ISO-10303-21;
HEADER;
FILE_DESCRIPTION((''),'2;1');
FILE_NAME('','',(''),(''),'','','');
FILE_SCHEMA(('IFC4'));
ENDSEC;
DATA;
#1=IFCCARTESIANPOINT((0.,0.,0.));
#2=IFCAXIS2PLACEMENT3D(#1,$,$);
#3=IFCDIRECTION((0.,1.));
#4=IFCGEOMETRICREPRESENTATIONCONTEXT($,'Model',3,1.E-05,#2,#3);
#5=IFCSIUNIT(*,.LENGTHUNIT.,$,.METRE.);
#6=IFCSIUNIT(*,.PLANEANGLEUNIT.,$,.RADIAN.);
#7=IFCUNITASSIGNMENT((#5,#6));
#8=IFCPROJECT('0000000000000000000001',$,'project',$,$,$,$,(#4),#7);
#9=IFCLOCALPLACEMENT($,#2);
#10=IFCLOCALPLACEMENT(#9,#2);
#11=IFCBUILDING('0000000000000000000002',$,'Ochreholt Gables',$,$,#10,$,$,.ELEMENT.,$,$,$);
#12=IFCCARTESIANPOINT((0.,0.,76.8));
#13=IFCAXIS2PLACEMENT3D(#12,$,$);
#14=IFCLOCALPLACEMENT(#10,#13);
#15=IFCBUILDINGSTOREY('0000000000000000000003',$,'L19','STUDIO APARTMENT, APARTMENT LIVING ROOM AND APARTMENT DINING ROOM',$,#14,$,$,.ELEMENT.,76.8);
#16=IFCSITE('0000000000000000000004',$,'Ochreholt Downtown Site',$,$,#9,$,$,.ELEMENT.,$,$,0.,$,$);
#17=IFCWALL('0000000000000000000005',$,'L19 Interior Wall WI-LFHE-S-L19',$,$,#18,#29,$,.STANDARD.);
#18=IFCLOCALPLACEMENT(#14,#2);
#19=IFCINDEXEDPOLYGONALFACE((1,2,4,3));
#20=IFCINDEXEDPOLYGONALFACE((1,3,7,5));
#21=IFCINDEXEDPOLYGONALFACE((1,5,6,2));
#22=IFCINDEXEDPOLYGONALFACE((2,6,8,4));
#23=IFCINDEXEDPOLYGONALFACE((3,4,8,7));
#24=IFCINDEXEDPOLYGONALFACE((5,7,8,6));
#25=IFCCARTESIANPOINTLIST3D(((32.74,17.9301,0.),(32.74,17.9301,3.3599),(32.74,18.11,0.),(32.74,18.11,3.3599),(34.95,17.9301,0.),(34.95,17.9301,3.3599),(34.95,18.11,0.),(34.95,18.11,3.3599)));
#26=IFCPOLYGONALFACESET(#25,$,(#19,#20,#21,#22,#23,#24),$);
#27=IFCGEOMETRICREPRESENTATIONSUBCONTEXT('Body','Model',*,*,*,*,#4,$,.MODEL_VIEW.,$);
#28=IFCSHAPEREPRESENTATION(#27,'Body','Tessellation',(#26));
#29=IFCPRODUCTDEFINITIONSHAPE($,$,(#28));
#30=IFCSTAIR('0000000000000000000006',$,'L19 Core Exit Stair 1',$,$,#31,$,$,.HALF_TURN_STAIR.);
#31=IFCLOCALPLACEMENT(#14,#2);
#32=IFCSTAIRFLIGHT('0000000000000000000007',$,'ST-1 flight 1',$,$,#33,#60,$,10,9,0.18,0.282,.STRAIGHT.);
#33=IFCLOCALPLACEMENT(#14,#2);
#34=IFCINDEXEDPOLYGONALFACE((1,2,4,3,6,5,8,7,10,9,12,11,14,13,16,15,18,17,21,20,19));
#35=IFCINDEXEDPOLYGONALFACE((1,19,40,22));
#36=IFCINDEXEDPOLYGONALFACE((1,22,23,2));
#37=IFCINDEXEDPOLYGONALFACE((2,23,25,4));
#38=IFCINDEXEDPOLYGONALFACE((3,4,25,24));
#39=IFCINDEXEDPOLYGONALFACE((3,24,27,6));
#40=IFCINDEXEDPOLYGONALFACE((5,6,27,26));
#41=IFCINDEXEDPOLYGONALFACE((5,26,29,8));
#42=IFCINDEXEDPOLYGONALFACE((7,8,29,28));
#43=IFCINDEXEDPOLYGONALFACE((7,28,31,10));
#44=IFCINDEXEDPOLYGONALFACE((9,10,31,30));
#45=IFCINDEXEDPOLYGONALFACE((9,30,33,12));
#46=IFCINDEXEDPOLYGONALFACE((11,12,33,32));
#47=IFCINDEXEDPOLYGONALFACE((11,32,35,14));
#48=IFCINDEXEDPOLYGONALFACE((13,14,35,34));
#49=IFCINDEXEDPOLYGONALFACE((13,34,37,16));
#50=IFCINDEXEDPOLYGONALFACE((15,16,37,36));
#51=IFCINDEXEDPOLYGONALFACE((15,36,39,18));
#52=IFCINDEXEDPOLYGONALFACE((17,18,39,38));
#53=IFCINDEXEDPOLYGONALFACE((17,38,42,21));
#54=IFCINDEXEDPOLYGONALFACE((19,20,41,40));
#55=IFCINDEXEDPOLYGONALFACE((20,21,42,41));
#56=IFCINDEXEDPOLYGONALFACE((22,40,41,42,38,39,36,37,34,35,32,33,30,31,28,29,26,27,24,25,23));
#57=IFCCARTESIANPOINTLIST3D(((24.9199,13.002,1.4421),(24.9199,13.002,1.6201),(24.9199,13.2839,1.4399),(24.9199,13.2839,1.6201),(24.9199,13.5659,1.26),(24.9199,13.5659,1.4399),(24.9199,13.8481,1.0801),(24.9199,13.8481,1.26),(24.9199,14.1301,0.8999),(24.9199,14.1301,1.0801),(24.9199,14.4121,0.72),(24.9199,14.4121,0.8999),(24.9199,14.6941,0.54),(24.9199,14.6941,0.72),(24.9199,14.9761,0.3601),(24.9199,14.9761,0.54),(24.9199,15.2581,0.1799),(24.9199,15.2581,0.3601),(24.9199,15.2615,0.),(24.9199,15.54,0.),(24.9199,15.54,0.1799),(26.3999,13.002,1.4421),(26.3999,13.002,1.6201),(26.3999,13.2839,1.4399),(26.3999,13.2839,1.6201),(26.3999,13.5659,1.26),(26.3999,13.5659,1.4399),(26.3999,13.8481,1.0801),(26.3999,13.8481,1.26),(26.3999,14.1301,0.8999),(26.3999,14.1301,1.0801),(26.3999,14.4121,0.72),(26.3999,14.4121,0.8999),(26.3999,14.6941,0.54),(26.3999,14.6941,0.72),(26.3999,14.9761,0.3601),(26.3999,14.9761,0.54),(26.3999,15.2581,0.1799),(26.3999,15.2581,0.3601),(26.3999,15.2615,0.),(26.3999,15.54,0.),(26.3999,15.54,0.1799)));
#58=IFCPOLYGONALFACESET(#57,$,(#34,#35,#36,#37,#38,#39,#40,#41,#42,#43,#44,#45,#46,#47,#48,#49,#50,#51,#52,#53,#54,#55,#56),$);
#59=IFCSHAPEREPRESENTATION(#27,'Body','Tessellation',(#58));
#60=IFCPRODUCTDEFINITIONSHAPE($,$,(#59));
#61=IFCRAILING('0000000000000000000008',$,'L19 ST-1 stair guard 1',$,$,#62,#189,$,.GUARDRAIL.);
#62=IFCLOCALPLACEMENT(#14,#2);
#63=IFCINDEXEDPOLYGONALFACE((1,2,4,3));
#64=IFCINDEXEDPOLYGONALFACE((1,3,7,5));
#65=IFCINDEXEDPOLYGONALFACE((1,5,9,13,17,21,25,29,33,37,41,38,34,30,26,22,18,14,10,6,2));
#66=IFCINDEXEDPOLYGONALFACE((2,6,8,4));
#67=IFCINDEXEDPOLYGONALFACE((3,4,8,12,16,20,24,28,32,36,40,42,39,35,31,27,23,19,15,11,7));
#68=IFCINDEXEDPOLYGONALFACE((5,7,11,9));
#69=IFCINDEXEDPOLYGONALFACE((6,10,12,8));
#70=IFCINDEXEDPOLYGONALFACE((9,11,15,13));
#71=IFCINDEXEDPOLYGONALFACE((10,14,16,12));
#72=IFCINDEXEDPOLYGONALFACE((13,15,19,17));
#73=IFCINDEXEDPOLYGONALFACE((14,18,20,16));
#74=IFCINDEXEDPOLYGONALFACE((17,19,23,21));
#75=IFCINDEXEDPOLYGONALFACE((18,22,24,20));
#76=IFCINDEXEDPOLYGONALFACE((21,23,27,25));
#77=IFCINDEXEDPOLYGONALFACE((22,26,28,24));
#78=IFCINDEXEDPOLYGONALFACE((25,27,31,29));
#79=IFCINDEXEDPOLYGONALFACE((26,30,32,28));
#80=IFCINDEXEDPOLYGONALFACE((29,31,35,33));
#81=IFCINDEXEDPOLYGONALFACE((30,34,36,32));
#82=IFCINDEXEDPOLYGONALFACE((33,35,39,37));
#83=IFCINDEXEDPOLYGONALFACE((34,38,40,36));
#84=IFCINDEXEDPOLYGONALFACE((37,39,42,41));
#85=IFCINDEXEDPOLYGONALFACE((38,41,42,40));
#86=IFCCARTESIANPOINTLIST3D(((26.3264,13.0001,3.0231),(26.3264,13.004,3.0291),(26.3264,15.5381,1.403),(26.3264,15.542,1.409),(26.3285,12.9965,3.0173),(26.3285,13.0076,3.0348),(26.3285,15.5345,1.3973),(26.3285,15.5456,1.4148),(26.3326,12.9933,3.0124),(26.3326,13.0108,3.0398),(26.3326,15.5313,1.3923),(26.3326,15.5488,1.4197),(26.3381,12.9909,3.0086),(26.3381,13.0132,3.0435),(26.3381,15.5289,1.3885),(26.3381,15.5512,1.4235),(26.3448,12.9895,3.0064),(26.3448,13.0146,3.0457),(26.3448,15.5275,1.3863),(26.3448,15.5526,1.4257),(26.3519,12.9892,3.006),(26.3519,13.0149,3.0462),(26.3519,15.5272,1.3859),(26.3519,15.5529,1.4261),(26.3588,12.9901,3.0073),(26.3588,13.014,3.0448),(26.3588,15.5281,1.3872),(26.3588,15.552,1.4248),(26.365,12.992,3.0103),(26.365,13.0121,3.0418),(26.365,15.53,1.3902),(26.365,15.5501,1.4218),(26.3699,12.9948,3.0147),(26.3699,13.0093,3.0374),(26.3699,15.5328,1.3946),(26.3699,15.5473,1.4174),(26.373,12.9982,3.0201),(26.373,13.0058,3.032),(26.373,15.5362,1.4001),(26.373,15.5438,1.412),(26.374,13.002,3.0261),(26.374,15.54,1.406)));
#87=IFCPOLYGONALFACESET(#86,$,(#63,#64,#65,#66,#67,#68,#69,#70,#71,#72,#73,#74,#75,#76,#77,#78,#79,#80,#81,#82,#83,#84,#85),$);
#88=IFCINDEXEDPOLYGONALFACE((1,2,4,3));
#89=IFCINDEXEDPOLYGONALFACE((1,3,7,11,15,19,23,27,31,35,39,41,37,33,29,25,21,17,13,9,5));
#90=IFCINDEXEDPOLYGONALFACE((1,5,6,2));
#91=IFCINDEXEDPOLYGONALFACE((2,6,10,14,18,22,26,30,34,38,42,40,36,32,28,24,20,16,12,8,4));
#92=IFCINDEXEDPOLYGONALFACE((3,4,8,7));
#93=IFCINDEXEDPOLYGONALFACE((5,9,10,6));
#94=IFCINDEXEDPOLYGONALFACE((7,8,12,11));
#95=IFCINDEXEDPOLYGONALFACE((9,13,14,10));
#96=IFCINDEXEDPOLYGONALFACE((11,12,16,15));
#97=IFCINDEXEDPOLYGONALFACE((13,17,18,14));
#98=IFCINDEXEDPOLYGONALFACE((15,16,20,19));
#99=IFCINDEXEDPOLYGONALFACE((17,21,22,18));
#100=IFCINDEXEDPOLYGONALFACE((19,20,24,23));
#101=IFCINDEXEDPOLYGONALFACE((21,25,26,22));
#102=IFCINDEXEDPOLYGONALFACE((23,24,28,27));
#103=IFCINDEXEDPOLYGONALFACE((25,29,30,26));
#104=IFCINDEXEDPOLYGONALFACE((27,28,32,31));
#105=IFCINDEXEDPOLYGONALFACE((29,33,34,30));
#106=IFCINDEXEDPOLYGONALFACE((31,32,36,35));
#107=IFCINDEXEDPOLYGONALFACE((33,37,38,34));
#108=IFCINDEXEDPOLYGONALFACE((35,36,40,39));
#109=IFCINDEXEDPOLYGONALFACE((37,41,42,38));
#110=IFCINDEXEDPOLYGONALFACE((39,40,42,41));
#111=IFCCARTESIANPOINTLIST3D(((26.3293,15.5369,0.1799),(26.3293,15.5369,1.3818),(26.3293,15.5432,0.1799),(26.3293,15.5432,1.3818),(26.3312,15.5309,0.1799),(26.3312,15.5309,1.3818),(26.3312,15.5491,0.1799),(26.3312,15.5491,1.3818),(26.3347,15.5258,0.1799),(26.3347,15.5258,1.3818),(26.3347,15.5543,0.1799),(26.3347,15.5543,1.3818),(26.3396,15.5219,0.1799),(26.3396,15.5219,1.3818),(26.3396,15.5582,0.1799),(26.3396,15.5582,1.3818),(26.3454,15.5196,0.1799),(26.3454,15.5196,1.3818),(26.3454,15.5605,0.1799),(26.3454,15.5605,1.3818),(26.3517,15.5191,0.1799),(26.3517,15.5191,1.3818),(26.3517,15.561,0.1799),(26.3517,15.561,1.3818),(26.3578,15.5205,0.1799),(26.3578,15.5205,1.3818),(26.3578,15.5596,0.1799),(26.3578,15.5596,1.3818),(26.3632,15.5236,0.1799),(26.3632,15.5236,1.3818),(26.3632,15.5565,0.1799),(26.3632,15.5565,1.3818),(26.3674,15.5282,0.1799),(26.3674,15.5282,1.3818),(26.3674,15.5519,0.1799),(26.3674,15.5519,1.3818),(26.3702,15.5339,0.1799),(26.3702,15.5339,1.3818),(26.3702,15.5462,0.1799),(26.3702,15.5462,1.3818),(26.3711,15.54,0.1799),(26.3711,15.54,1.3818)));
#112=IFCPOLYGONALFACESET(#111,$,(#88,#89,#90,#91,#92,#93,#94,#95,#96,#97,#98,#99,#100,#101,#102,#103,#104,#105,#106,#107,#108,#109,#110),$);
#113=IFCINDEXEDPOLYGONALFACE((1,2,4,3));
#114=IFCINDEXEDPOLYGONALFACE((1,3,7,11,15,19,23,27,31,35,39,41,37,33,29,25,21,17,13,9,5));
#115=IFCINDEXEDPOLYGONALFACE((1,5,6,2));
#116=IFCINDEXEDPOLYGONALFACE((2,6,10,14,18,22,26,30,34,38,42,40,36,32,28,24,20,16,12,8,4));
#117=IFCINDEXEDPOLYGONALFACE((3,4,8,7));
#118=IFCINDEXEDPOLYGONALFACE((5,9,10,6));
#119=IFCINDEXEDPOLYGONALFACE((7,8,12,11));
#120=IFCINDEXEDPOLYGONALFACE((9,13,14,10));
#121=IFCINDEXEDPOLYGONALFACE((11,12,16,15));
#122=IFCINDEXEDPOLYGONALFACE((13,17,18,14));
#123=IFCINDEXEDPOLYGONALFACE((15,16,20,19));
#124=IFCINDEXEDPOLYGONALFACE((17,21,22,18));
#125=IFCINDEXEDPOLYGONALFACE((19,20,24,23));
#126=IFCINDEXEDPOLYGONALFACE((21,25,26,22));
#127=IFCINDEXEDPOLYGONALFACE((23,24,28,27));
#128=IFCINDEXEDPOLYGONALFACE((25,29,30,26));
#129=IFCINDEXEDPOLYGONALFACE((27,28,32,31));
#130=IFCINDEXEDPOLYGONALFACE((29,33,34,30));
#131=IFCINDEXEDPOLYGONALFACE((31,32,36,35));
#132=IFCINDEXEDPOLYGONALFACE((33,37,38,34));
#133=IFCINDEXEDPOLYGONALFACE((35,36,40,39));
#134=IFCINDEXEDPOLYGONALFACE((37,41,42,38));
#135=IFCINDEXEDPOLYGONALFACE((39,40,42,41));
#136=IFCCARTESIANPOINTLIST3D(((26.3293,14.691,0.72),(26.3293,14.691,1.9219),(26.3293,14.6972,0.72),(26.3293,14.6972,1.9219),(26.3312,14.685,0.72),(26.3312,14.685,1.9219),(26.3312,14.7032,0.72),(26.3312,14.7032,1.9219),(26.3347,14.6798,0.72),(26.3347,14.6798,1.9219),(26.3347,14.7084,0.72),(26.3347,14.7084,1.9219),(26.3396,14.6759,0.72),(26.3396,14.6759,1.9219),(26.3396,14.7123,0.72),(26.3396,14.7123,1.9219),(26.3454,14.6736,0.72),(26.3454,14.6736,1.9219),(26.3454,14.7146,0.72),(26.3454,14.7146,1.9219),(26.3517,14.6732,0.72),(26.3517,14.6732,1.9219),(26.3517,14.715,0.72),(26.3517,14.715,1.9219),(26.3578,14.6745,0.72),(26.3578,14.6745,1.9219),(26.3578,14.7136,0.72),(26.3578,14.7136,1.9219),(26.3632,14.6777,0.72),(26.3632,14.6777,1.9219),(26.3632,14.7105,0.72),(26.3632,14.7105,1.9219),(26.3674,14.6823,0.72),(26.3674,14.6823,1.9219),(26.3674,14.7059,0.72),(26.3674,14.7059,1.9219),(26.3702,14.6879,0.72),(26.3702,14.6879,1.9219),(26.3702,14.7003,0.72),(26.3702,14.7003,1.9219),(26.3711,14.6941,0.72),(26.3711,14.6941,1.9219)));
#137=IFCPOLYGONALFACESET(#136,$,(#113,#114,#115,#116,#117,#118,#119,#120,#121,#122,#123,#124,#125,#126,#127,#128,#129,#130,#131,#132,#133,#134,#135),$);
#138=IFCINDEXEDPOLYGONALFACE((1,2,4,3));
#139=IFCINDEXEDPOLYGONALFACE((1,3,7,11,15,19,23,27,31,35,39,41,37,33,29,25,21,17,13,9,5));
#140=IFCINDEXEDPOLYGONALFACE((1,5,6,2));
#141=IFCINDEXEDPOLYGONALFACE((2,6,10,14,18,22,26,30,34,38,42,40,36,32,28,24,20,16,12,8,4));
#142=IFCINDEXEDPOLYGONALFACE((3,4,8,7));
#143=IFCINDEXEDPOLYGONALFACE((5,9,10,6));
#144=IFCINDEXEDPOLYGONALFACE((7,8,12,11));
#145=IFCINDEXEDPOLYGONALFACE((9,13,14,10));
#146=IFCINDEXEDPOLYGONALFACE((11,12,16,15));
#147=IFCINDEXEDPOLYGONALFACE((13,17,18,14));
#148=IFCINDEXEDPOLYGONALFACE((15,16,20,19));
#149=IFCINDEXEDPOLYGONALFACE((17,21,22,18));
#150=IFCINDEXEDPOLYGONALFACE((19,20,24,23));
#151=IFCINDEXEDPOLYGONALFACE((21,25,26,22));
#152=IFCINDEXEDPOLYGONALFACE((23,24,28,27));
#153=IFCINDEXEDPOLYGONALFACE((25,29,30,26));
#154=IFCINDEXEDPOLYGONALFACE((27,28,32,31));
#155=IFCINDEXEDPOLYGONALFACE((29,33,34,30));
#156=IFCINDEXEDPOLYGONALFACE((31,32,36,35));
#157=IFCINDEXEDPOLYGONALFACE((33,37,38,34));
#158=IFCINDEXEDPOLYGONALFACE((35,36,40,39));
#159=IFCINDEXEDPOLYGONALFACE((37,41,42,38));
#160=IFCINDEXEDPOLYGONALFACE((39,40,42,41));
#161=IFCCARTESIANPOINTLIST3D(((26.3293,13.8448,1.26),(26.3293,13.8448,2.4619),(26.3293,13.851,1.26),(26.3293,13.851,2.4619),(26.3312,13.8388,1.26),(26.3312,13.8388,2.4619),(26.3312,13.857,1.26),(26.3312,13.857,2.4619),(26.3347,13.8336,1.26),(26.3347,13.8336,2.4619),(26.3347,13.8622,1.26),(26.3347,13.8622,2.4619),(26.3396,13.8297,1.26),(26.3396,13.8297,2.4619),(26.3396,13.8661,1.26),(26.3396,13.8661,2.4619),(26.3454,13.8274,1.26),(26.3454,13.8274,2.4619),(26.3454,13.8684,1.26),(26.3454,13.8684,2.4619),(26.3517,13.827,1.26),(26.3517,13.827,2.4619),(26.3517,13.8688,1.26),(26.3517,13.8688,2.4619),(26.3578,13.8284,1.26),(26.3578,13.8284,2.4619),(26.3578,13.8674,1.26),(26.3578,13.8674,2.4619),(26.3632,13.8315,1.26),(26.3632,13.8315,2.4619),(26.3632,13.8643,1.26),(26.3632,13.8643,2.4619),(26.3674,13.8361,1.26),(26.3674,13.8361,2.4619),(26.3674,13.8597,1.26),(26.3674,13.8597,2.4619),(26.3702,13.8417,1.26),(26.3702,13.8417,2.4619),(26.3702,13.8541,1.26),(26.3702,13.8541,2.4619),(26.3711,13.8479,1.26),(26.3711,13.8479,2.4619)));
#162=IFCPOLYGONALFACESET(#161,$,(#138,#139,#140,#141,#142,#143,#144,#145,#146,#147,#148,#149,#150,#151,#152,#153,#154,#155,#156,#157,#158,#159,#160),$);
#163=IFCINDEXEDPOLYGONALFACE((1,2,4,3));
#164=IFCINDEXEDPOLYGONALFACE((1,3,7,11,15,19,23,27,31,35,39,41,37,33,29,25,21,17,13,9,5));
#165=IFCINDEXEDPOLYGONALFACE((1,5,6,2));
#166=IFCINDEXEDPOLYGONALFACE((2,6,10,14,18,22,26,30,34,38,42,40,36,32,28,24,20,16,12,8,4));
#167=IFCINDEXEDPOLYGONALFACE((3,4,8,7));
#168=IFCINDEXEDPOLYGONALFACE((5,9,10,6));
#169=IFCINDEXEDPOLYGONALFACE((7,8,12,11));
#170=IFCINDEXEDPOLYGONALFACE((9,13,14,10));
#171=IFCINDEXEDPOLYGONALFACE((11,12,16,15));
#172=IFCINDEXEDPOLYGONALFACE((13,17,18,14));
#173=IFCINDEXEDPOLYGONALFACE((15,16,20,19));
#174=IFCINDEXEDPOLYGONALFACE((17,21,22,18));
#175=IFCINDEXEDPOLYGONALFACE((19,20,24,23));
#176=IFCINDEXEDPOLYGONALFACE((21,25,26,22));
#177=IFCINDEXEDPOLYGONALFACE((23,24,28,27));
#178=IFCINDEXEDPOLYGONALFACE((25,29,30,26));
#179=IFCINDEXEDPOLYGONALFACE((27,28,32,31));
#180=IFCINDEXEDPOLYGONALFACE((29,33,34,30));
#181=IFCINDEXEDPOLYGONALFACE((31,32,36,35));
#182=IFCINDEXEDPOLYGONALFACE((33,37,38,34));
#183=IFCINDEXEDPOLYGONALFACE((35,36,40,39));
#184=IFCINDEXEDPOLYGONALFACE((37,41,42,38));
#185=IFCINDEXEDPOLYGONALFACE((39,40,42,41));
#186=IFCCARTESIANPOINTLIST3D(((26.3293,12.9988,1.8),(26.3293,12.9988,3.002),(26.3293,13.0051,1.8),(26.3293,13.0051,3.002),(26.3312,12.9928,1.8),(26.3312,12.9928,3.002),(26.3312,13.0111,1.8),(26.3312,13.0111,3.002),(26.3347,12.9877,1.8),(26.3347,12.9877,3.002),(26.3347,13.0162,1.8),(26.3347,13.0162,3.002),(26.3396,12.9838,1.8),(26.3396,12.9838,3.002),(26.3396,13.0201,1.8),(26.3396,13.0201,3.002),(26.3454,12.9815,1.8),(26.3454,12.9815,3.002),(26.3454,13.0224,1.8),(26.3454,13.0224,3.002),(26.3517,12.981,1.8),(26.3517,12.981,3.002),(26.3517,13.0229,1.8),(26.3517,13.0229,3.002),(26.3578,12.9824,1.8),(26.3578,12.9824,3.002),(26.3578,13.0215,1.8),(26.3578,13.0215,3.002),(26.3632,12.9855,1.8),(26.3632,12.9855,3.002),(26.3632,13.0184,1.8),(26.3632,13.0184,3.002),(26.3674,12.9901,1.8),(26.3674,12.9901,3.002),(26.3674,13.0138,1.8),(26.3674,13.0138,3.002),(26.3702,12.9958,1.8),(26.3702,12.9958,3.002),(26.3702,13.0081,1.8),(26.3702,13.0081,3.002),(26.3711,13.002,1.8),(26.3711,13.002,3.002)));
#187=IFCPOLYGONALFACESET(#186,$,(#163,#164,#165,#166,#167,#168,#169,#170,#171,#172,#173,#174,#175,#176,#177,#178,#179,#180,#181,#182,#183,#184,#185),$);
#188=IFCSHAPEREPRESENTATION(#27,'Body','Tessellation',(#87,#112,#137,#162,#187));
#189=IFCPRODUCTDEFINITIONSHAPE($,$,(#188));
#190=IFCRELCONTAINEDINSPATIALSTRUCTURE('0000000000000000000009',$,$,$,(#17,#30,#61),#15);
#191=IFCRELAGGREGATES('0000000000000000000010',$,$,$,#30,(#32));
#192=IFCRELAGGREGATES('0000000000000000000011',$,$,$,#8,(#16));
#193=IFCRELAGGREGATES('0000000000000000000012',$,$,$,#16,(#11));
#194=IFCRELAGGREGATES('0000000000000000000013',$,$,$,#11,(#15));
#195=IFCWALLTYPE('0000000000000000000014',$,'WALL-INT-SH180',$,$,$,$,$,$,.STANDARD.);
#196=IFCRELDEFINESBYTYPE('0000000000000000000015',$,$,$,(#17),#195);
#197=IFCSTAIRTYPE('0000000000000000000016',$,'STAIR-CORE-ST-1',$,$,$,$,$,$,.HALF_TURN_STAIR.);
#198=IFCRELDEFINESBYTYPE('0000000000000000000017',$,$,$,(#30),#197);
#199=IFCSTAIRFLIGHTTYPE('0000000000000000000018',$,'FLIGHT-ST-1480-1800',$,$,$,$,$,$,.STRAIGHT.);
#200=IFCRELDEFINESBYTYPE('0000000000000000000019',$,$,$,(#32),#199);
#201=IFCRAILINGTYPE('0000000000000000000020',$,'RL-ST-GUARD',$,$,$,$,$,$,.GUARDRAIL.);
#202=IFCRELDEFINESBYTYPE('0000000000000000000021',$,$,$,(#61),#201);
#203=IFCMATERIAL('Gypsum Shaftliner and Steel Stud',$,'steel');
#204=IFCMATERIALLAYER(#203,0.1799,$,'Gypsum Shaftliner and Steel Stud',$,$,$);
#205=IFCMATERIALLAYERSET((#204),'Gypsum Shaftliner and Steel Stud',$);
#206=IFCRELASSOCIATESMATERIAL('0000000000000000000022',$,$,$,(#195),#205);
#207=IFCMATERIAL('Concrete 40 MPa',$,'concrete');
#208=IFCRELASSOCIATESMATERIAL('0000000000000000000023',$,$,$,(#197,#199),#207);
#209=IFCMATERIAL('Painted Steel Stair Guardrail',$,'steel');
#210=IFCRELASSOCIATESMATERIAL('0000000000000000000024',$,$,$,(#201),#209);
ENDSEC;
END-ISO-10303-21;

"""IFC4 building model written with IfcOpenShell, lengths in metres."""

from ifc_helpers import new_model, si_unit, direction, frame, frame_2d, origin, origin_2d, place, context, subcontext, project, spatial, polyline, rectangle, circle, outline, extrude, material, layer, layer_set, type_object, element, aggregate, save


model = new_model("IFC4")

# Units and contexts
model_context = context("Model", 3, precision=1e-05, world=origin(), true_north=direction((0.0, 1.0)))
body_context = subcontext(model_context, "Body", "Model", "MODEL_VIEW")
ifc_project = project(units=[si_unit("LENGTHUNIT", "METRE"), si_unit("PLANEANGLEUNIT", "RADIAN")], contexts=[model_context])

# Site, building, storey
site_placement = place(None, origin())
site = spatial("IfcSite", under=ifc_project, at=site_placement, Name="Ochreholt Downtown Site", CompositionType="ELEMENT", RefElevation=0.0)
building_placement = place(site_placement, origin())
building = spatial("IfcBuilding", under=site, at=building_placement, Name="Ochreholt Gables", CompositionType="ELEMENT")
storey_placement = place(building_placement, frame((0.0, 0.0, 76.8)))
storey = spatial("IfcBuildingStorey", under=building, at=storey_placement, Name="L19", Description="STUDIO APARTMENT, APARTMENT LIVING ROOM AND APARTMENT DINING ROOM", CompositionType="ELEMENT", Elevation=76.8)

# Shared definitions
ifc_material_1 = material(Name="Concrete 40 MPa", Category="concrete")

# Wall
ifc_material_2 = material(Name="Gypsum Shaftliner and Steel Stud", Category="steel")
ifc_layer_1 = layer(ifc_material_2, 0.1799, Name="Gypsum Shaftliner and Steel Stud")
ifc_layer_set_1 = layer_set([ifc_layer_1], Name="Gypsum Shaftliner and Steel Stud")
wall_type_1 = type_object("IfcWallType", Name="WALL-INT-SH180", PredefinedType="STANDARD", material=ifc_layer_set_1)
wall_1_placement = place(storey_placement, frame((32.74, 18.02, 0.0), z_axis=(0.0, 0.0, 1.0), x_axis=(1.0, 0.0, 0.0)))
element("IfcWall", 1, at=wall_1_placement, inside=storey, type_object=wall_type_1, Name="L19 Interior Wall WI-LFHE-S-L19", PredefinedType="STANDARD", context=body_context, shape_type="SweptSolid", body=[
    extrude(rectangle(XDim=2.21, YDim=0.1799, at=frame_2d((1.105, 0.0))), origin(), (0.0, 0.0, 1.0), 3.3599),
])

# Stair, stair flight
stair_type = type_object("IfcStairType", Name="STAIR-CORE-ST-1", PredefinedType="HALF_TURN_STAIR", material=ifc_material_1)
stair_placement = place(storey_placement, origin())
stair = element("IfcStair", 2, at=stair_placement, inside=storey, type_object=stair_type, Name="L19 Core Exit Stair 1", PredefinedType="HALF_TURN_STAIR")
stair_flight_type = type_object("IfcStairFlightType", Name="FLIGHT-ST-1480-1800", PredefinedType="STRAIGHT", material=ifc_material_1)
stair_flight_placement = place(storey_placement, frame((25.6599, 15.54, 0.0), z_axis=(0.0, 0.0, 1.0), x_axis=(0.0, -1.0, 0.0)))
stair_flight = element("IfcStairFlight", 3, at=stair_flight_placement, type_object=stair_flight_type, Name="ST-1 flight 1", NumberOfRisers=10, NumberOfTreads=9, PredefinedType="STRAIGHT", RiserHeight=0.18, TreadLength=0.282, context=body_context, shape_type="SweptSolid", body=[
    extrude(outline(polyline([(0.0, 0.0), (0.0, 0.1799), (0.282, 0.1799), (0.282, 0.3601), (0.564, 0.3601), (0.564, 0.54), (0.8459, 0.54), (0.8459, 0.72), (1.1279, 0.72), (1.1279, 0.8999), (1.4099, 0.8999), (1.4099, 1.0801), (1.6919, 1.0801), (1.6919, 1.26), (1.9741, 1.26), (1.9741, 1.4399), (2.2561, 1.4399), (2.2561, 1.6201), (2.5381, 1.6201), (2.5381, 1.8), (2.5381, 1.4421), (0.2786, 0.0), (0.0, 0.0)])), frame((0.0, 0.74, 0.0), z_axis=(0.0, -1.0, 0.0), x_axis=(1.0, 0.0, 0.0)), (0.0, 0.0, 1.0), 1.48),
])
aggregate(stair, [stair_flight])

# Railing
ifc_material_3 = material(Name="Painted Steel Stair Guardrail", Category="steel")
railing_type_1 = type_object("IfcRailingType", Name="RL-ST-GUARD", PredefinedType="GUARDRAIL", material=ifc_material_3)
railing_1_placement = place(storey_placement, frame((26.3501, 15.54, 0.1799)))
element("IfcRailing", 4, at=railing_1_placement, inside=storey, type_object=railing_type_1, Name="L19 ST-1 stair guard 1", PredefinedType="GUARDRAIL", context=body_context, shape_type="SweptSolid", body=[
    extrude(circle(Radius=0.0239, at=origin_2d()), frame((0.0, 0.0, 1.2261), z_axis=(0.0, -0.842913, 0.53805), x_axis=(1.0, 0.0, 0.0)), (0.0, 0.0, 1.0), 3.011),
    extrude(circle(Radius=0.021, at=origin_2d()), origin(), (0.0, 0.0, 1.0), 1.2019),
    extrude(circle(Radius=0.021, at=origin_2d()), frame((0.0, -0.8459, 0.54)), (0.0, 0.0, 1.0), 1.2019),
    extrude(circle(Radius=0.021, at=origin_2d()), frame((0.0, -1.6921, 1.0801)), (0.0, 0.0, 1.0), 1.2019),
    extrude(circle(Radius=0.021, at=origin_2d()), frame((0.0, -2.5381, 1.6201)), (0.0, 0.0, 1.0), 1.2019),
])

save(model, "model.ifc")
